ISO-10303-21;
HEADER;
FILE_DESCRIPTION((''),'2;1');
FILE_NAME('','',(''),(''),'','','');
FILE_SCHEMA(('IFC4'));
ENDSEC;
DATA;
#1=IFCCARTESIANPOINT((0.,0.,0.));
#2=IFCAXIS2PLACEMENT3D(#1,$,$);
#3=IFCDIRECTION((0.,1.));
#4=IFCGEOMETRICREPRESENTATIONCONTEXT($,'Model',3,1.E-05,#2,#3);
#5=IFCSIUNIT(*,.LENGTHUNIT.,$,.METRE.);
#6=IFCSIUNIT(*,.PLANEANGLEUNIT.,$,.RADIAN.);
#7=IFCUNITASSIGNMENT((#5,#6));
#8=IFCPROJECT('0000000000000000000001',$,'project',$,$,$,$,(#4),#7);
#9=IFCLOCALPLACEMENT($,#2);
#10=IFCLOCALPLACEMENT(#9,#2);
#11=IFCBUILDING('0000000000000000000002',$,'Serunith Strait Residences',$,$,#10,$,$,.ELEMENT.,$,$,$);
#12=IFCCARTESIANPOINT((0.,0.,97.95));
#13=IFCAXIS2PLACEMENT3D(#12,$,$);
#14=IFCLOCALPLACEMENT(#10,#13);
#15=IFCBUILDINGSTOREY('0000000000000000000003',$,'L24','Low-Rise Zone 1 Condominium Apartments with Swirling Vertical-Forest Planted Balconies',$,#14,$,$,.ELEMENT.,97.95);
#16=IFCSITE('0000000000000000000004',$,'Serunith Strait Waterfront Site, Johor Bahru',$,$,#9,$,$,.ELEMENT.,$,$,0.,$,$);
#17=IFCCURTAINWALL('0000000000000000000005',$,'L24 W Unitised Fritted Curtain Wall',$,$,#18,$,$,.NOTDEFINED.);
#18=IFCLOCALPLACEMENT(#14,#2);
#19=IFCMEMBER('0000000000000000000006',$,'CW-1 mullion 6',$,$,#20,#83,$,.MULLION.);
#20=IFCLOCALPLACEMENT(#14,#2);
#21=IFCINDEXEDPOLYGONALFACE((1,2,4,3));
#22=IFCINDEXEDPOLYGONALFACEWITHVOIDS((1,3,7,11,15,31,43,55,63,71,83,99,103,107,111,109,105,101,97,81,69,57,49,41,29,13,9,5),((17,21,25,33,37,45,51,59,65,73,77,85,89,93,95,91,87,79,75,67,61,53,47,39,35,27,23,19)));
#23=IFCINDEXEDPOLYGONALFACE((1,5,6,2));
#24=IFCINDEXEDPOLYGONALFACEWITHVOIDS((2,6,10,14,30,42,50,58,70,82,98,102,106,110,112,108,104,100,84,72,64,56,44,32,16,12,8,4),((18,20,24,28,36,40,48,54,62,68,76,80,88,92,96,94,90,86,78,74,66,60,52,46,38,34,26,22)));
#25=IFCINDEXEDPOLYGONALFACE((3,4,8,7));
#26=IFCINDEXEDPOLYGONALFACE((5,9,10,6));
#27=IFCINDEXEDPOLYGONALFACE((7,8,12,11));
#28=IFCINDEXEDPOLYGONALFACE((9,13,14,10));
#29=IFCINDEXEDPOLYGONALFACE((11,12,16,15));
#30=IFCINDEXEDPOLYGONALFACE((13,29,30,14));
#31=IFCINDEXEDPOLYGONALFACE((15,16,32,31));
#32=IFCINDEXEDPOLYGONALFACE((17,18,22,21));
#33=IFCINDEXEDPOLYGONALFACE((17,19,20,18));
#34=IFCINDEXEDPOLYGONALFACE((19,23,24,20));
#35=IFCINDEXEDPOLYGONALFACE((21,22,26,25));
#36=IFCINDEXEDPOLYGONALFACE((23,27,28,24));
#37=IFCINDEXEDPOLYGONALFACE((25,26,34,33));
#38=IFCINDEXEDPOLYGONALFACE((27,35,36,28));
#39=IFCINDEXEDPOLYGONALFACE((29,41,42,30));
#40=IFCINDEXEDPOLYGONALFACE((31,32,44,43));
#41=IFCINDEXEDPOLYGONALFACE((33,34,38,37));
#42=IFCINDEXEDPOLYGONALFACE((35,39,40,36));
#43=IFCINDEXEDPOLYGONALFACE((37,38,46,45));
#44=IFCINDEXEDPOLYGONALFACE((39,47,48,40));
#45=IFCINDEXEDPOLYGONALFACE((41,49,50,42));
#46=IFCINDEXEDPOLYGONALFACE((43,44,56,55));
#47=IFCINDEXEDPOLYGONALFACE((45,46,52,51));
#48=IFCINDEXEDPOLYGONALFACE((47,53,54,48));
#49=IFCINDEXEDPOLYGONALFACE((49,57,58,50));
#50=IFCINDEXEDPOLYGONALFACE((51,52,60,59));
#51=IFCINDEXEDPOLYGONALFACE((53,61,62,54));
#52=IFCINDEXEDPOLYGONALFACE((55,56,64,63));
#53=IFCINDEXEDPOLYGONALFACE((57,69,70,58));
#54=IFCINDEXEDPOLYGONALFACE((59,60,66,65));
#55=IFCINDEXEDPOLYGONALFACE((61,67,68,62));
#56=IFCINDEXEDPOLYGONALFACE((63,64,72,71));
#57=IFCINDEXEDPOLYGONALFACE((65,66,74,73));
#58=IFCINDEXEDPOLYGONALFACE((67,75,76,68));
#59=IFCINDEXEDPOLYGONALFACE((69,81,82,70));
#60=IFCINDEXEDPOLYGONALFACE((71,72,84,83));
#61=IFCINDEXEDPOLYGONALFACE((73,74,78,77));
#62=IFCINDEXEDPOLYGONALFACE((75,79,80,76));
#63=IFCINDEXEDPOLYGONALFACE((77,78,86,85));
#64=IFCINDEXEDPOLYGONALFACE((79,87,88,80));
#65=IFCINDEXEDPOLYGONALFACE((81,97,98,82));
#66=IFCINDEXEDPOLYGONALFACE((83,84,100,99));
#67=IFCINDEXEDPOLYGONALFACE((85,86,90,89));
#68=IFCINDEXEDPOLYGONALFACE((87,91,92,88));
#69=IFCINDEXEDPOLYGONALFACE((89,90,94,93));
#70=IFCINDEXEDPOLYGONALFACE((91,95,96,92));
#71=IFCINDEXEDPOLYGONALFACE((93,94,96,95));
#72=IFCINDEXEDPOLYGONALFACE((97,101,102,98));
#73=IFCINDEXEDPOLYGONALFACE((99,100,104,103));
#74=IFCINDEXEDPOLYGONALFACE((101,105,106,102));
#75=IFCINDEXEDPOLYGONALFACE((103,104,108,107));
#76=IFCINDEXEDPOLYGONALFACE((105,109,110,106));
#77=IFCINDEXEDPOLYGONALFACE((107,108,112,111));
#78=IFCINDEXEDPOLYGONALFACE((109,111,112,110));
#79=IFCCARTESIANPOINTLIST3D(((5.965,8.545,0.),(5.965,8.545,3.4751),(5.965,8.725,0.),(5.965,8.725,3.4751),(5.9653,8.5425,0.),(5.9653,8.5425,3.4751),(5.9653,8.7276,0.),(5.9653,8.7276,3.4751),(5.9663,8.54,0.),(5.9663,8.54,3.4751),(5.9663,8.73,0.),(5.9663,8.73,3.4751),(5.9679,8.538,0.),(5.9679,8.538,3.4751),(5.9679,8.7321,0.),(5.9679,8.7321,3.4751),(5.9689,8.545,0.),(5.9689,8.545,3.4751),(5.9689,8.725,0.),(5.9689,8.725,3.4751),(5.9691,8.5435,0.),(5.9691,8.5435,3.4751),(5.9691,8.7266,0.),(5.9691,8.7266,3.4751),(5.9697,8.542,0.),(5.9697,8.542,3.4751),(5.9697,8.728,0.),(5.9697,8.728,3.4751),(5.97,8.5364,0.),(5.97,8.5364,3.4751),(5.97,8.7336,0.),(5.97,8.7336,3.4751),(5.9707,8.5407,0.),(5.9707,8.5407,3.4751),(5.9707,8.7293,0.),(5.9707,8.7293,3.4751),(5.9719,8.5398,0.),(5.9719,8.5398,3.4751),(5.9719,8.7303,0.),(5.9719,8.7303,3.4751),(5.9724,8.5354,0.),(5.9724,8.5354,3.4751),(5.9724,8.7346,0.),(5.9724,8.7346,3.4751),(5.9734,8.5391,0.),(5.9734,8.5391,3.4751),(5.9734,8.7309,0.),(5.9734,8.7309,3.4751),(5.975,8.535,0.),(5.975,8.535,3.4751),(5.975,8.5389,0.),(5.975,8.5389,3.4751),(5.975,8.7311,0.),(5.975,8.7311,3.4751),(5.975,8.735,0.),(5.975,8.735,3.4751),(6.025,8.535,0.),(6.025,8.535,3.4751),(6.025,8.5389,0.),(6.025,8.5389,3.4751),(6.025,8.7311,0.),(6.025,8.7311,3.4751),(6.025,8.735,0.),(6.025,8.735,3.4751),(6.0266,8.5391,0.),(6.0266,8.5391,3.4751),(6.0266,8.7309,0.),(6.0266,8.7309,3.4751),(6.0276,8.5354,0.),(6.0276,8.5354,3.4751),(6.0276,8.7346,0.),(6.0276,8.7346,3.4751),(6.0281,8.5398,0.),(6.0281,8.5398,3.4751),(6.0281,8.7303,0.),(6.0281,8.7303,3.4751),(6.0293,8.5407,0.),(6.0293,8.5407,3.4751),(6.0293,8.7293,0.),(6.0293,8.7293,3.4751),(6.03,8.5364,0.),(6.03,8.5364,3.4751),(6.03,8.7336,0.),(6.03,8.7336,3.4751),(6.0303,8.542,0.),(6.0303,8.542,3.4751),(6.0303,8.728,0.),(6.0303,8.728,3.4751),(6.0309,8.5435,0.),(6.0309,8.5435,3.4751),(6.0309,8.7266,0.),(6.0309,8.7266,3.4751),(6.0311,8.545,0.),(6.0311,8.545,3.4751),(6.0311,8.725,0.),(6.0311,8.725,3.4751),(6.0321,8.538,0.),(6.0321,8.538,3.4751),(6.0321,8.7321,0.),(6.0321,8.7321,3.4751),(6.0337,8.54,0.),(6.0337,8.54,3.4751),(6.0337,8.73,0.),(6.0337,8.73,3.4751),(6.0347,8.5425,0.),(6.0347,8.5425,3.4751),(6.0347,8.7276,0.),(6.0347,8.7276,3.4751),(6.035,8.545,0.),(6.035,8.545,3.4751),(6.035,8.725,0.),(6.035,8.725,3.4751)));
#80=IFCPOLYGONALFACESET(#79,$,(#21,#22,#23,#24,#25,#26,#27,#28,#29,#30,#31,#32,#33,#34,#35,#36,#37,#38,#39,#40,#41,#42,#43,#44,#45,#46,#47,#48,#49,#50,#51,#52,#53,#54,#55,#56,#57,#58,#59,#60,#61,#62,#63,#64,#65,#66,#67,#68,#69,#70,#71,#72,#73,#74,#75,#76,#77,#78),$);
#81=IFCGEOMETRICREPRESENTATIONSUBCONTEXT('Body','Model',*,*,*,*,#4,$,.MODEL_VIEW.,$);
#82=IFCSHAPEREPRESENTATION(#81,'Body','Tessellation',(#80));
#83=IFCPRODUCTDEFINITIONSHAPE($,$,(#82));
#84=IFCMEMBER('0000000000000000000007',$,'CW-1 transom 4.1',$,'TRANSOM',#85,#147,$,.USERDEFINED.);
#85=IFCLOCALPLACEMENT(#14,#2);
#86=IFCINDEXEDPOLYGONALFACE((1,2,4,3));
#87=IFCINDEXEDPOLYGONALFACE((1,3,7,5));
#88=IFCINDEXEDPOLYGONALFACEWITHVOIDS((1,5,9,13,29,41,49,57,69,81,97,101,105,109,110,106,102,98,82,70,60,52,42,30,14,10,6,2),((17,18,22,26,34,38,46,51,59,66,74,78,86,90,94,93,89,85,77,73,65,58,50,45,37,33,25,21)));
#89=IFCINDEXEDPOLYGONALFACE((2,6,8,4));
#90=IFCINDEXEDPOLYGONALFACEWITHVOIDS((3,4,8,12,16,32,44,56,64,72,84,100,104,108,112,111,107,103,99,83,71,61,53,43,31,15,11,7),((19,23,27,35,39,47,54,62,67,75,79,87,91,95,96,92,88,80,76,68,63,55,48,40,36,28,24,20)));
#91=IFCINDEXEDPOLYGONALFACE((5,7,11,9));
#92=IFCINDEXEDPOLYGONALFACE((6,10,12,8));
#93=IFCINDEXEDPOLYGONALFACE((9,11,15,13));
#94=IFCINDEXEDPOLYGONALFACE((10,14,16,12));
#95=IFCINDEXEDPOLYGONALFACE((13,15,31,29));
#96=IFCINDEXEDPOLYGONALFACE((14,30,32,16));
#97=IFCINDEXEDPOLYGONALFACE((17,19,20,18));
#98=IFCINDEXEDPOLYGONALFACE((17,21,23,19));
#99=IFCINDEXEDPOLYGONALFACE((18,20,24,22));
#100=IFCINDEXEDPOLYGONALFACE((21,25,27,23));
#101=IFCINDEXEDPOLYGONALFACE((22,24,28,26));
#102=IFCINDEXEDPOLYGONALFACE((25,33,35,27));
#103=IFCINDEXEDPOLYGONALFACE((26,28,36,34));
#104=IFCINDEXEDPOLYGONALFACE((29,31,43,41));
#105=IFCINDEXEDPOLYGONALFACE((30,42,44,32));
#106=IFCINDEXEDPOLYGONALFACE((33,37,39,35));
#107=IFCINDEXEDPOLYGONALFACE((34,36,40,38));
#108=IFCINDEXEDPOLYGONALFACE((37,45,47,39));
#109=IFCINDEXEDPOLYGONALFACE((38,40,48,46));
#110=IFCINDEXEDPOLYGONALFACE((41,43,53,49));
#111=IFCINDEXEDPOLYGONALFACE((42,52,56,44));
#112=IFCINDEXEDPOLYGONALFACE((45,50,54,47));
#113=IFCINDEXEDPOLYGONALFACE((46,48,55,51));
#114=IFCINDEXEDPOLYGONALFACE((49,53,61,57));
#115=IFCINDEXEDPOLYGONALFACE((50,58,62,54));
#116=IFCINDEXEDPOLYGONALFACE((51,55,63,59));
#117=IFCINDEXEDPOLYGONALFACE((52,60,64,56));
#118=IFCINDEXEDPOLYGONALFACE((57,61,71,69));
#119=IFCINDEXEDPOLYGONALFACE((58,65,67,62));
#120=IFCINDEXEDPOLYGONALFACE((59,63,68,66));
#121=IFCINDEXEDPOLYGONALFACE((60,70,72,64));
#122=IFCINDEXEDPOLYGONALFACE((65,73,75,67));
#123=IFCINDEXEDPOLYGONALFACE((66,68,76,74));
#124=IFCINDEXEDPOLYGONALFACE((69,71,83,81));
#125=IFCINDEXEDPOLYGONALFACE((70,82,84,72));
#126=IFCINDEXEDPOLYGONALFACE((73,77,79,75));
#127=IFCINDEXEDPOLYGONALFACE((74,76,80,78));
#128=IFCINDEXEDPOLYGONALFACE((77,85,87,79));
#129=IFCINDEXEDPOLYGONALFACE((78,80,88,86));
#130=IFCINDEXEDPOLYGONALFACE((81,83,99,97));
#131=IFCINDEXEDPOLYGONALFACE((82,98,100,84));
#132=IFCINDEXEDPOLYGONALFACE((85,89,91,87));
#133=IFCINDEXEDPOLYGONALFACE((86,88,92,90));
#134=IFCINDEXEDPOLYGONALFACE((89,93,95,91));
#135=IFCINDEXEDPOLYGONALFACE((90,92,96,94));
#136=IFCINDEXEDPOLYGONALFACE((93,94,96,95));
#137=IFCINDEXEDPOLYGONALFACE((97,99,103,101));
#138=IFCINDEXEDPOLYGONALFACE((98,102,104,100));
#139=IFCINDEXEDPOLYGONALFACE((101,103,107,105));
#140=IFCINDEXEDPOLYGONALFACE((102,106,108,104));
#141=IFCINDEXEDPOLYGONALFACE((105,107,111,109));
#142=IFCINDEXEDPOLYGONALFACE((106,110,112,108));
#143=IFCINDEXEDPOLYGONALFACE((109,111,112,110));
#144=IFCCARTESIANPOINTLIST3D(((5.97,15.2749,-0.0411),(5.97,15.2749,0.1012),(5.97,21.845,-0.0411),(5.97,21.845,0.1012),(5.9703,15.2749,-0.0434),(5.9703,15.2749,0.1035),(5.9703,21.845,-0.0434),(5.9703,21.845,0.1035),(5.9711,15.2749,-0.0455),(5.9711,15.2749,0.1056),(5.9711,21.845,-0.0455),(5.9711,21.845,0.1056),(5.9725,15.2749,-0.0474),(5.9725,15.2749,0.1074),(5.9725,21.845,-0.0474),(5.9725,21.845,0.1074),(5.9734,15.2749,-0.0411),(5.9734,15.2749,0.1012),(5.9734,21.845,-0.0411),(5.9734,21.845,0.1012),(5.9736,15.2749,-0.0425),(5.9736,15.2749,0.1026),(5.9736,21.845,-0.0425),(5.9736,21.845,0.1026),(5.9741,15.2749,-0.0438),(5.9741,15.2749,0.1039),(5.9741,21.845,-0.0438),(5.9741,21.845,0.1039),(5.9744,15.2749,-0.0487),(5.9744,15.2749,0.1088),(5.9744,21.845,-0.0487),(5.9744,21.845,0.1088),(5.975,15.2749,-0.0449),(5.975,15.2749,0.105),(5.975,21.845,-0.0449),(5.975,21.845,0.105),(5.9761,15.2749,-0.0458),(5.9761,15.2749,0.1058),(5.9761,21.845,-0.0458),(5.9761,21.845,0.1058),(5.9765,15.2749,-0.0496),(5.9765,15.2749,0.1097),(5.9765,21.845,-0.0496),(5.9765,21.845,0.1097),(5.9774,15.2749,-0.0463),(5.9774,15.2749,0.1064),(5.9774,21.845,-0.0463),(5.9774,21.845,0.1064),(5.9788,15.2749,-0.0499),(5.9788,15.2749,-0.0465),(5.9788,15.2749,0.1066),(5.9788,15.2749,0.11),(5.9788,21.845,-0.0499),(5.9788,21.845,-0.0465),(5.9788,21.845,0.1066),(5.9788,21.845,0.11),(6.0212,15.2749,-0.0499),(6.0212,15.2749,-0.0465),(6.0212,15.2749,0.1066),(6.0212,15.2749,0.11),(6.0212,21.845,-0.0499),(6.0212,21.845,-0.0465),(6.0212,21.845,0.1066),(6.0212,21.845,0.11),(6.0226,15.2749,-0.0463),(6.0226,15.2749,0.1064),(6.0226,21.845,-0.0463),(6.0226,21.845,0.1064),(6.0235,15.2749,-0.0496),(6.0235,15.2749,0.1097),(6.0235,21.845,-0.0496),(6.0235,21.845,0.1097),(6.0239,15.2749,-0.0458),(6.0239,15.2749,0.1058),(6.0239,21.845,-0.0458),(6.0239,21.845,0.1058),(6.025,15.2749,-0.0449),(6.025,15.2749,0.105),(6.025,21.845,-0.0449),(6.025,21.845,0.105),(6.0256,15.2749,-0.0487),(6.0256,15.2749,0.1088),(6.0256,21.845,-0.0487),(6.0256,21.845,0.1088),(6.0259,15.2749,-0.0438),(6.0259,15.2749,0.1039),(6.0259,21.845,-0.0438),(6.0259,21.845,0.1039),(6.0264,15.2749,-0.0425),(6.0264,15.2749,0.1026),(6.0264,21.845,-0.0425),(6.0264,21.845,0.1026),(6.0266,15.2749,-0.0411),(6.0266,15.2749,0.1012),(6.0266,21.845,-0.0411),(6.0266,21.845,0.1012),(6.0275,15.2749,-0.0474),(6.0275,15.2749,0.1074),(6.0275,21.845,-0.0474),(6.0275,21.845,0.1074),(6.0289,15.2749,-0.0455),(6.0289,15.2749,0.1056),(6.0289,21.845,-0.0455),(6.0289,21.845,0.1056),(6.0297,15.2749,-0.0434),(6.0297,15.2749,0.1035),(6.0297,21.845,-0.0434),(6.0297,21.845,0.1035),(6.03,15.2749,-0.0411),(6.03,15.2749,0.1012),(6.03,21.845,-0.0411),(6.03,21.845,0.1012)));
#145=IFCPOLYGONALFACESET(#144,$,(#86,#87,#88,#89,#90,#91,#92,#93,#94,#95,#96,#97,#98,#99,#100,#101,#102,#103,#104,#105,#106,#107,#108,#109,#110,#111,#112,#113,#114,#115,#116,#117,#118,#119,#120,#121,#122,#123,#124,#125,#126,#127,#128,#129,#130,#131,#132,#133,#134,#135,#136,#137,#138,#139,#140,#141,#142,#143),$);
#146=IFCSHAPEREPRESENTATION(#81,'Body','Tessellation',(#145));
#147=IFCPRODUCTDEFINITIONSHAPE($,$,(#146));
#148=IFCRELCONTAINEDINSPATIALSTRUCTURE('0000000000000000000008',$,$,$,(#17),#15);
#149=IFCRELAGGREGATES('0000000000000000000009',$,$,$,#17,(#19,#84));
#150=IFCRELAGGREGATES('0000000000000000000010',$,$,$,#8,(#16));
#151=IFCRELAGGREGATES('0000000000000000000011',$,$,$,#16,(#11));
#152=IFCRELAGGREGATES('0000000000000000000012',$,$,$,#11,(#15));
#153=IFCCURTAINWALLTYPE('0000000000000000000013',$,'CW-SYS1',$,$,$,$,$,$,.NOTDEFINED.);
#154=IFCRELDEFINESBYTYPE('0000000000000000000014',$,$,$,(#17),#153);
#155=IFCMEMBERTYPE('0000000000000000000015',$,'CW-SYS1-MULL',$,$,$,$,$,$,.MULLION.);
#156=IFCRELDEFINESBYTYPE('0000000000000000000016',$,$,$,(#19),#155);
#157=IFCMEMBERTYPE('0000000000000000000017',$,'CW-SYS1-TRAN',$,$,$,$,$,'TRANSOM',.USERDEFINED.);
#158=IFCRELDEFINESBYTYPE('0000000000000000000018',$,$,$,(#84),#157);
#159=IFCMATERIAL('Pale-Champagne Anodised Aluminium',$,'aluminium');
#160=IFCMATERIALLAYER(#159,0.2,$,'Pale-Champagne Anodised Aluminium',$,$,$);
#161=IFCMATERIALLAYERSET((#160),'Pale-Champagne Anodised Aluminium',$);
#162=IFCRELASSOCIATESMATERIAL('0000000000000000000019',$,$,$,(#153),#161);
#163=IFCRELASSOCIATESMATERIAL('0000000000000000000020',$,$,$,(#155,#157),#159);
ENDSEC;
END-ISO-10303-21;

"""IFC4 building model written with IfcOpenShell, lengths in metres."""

from ifc_helpers import new_model, si_unit, direction, frame, origin, origin_2d, place, context, subcontext, project, spatial, hollow_rectangle, extrude, source, transform, mapped, material, layer, layer_set, material_profile, profile_set, type_object, element, aggregate, save


model = new_model("IFC4")

# Units and contexts
model_context = context("Model", 3, precision=1e-05, world=origin(), true_north=direction((0.0, 1.0)))
body_context = subcontext(model_context, "Body", "Model", "MODEL_VIEW")
ifc_project = project(units=[si_unit("LENGTHUNIT", "METRE"), si_unit("PLANEANGLEUNIT", "RADIAN")], contexts=[model_context])

# Site, building, storey
site_placement = place(None, origin())
site = spatial("IfcSite", under=ifc_project, at=site_placement, Name="Serunith Strait Waterfront Site, Johor Bahru", CompositionType="ELEMENT", RefElevation=0.0)
building_placement = place(site_placement, origin())
building = spatial("IfcBuilding", under=site, at=building_placement, Name="Serunith Strait Residences", CompositionType="ELEMENT")
storey_placement = place(building_placement, frame((0.0, 0.0, 97.95)))
storey = spatial("IfcBuildingStorey", under=building, at=storey_placement, Name="L24", Description="Low-Rise Zone 1 Condominium Apartments with Swirling Vertical-Forest Planted Balconies", CompositionType="ELEMENT", Elevation=97.95)

# Curtain wall, members
ifc_material_1 = material(Name="Pale-Champagne Anodised Aluminium", Category="aluminium")
ifc_layer_1 = layer(ifc_material_1, 0.2, Name="Pale-Champagne Anodised Aluminium")
ifc_layer_set_1 = layer_set([ifc_layer_1], Name="Pale-Champagne Anodised Aluminium")
curtain_wall_type = type_object("IfcCurtainWallType", Name="CW-SYS1", PredefinedType="NOTDEFINED", material=ifc_layer_set_1)
curtain_wall_placement = place(storey_placement, origin())
curtain_wall = element("IfcCurtainWall", 1, at=curtain_wall_placement, inside=storey, type_object=curtain_wall_type, Name="L24 W Unitised Fritted Curtain Wall", PredefinedType="NOTDEFINED")
ifc_material_profile_1 = material_profile(ifc_material_1, hollow_rectangle(XDim=0.0701, YDim=0.2, WallThickness=0.0039, InnerFilletRadius=0.0061, OuterFilletRadius=0.01, at=origin_2d()), Name="ALU 200x70x4")
ifc_profile_set_1 = profile_set([ifc_material_profile_1], Name="Pale-Champagne Anodised Aluminium")
member_type_1 = type_object("IfcMemberType", Name="CW-SYS1-MULL", PredefinedType="MULLION", material=ifc_profile_set_1)
shared_shape_1 = source(origin(), body_context, "Body", "SweptSolid", [
    extrude(hollow_rectangle(XDim=0.0701, YDim=0.2, WallThickness=0.0039, InnerFilletRadius=0.0061, OuterFilletRadius=0.01, at=origin_2d()), origin(), (0.0, 0.0, 1.0), 3.4751),
])
member_1_placement = place(storey_placement, frame((6.0, 8.635, 0.0), z_axis=(0.0, 0.0, 1.0), x_axis=(1.0, 0.0, 0.0)))
member_1 = element("IfcMember", 2, at=member_1_placement, type_object=member_type_1, Name="CW-1 mullion 6", PredefinedType="MULLION", context=body_context, shape_type="MappedRepresentation", body=[
    mapped(shared_shape_1, transform((0.0, 0.0, 0.0), scale=1.0)),
])
ifc_material_profile_2 = material_profile(ifc_material_1, hollow_rectangle(XDim=0.0601, YDim=0.1599, WallThickness=0.0034, InnerFilletRadius=0.0054, OuterFilletRadius=0.0088, at=origin_2d()), Name="ALU 160x60x3.5")
ifc_profile_set_2 = profile_set([ifc_material_profile_2], Name="Pale-Champagne Anodised Aluminium")
member_type_2 = type_object("IfcMemberType", Name="CW-SYS1-TRAN", ElementType="TRANSOM", PredefinedType="USERDEFINED", material=ifc_profile_set_2)
shared_shape_2 = source(origin(), body_context, "Body", "SweptSolid", [
    extrude(hollow_rectangle(XDim=0.0601, YDim=0.1599, WallThickness=0.0034, InnerFilletRadius=0.0054, OuterFilletRadius=0.0088, at=origin_2d()), origin(), (0.0, 0.0, 1.0), 6.5701),
])
member_2_placement = place(storey_placement, frame((6.0, 21.845, 0.03), z_axis=(0.0, -1.0, 0.0), x_axis=(1.0, 0.0, 0.0)))
member_2 = element("IfcMember", 3, at=member_2_placement, type_object=member_type_2, Name="CW-1 transom 4.1", ObjectType="TRANSOM", PredefinedType="USERDEFINED", context=body_context, shape_type="MappedRepresentation", body=[
    mapped(shared_shape_2, transform((0.0, 0.0, 0.0), scale=1.0)),
])
aggregate(curtain_wall, [member_1, member_2])

save(model, "model.ifc")
